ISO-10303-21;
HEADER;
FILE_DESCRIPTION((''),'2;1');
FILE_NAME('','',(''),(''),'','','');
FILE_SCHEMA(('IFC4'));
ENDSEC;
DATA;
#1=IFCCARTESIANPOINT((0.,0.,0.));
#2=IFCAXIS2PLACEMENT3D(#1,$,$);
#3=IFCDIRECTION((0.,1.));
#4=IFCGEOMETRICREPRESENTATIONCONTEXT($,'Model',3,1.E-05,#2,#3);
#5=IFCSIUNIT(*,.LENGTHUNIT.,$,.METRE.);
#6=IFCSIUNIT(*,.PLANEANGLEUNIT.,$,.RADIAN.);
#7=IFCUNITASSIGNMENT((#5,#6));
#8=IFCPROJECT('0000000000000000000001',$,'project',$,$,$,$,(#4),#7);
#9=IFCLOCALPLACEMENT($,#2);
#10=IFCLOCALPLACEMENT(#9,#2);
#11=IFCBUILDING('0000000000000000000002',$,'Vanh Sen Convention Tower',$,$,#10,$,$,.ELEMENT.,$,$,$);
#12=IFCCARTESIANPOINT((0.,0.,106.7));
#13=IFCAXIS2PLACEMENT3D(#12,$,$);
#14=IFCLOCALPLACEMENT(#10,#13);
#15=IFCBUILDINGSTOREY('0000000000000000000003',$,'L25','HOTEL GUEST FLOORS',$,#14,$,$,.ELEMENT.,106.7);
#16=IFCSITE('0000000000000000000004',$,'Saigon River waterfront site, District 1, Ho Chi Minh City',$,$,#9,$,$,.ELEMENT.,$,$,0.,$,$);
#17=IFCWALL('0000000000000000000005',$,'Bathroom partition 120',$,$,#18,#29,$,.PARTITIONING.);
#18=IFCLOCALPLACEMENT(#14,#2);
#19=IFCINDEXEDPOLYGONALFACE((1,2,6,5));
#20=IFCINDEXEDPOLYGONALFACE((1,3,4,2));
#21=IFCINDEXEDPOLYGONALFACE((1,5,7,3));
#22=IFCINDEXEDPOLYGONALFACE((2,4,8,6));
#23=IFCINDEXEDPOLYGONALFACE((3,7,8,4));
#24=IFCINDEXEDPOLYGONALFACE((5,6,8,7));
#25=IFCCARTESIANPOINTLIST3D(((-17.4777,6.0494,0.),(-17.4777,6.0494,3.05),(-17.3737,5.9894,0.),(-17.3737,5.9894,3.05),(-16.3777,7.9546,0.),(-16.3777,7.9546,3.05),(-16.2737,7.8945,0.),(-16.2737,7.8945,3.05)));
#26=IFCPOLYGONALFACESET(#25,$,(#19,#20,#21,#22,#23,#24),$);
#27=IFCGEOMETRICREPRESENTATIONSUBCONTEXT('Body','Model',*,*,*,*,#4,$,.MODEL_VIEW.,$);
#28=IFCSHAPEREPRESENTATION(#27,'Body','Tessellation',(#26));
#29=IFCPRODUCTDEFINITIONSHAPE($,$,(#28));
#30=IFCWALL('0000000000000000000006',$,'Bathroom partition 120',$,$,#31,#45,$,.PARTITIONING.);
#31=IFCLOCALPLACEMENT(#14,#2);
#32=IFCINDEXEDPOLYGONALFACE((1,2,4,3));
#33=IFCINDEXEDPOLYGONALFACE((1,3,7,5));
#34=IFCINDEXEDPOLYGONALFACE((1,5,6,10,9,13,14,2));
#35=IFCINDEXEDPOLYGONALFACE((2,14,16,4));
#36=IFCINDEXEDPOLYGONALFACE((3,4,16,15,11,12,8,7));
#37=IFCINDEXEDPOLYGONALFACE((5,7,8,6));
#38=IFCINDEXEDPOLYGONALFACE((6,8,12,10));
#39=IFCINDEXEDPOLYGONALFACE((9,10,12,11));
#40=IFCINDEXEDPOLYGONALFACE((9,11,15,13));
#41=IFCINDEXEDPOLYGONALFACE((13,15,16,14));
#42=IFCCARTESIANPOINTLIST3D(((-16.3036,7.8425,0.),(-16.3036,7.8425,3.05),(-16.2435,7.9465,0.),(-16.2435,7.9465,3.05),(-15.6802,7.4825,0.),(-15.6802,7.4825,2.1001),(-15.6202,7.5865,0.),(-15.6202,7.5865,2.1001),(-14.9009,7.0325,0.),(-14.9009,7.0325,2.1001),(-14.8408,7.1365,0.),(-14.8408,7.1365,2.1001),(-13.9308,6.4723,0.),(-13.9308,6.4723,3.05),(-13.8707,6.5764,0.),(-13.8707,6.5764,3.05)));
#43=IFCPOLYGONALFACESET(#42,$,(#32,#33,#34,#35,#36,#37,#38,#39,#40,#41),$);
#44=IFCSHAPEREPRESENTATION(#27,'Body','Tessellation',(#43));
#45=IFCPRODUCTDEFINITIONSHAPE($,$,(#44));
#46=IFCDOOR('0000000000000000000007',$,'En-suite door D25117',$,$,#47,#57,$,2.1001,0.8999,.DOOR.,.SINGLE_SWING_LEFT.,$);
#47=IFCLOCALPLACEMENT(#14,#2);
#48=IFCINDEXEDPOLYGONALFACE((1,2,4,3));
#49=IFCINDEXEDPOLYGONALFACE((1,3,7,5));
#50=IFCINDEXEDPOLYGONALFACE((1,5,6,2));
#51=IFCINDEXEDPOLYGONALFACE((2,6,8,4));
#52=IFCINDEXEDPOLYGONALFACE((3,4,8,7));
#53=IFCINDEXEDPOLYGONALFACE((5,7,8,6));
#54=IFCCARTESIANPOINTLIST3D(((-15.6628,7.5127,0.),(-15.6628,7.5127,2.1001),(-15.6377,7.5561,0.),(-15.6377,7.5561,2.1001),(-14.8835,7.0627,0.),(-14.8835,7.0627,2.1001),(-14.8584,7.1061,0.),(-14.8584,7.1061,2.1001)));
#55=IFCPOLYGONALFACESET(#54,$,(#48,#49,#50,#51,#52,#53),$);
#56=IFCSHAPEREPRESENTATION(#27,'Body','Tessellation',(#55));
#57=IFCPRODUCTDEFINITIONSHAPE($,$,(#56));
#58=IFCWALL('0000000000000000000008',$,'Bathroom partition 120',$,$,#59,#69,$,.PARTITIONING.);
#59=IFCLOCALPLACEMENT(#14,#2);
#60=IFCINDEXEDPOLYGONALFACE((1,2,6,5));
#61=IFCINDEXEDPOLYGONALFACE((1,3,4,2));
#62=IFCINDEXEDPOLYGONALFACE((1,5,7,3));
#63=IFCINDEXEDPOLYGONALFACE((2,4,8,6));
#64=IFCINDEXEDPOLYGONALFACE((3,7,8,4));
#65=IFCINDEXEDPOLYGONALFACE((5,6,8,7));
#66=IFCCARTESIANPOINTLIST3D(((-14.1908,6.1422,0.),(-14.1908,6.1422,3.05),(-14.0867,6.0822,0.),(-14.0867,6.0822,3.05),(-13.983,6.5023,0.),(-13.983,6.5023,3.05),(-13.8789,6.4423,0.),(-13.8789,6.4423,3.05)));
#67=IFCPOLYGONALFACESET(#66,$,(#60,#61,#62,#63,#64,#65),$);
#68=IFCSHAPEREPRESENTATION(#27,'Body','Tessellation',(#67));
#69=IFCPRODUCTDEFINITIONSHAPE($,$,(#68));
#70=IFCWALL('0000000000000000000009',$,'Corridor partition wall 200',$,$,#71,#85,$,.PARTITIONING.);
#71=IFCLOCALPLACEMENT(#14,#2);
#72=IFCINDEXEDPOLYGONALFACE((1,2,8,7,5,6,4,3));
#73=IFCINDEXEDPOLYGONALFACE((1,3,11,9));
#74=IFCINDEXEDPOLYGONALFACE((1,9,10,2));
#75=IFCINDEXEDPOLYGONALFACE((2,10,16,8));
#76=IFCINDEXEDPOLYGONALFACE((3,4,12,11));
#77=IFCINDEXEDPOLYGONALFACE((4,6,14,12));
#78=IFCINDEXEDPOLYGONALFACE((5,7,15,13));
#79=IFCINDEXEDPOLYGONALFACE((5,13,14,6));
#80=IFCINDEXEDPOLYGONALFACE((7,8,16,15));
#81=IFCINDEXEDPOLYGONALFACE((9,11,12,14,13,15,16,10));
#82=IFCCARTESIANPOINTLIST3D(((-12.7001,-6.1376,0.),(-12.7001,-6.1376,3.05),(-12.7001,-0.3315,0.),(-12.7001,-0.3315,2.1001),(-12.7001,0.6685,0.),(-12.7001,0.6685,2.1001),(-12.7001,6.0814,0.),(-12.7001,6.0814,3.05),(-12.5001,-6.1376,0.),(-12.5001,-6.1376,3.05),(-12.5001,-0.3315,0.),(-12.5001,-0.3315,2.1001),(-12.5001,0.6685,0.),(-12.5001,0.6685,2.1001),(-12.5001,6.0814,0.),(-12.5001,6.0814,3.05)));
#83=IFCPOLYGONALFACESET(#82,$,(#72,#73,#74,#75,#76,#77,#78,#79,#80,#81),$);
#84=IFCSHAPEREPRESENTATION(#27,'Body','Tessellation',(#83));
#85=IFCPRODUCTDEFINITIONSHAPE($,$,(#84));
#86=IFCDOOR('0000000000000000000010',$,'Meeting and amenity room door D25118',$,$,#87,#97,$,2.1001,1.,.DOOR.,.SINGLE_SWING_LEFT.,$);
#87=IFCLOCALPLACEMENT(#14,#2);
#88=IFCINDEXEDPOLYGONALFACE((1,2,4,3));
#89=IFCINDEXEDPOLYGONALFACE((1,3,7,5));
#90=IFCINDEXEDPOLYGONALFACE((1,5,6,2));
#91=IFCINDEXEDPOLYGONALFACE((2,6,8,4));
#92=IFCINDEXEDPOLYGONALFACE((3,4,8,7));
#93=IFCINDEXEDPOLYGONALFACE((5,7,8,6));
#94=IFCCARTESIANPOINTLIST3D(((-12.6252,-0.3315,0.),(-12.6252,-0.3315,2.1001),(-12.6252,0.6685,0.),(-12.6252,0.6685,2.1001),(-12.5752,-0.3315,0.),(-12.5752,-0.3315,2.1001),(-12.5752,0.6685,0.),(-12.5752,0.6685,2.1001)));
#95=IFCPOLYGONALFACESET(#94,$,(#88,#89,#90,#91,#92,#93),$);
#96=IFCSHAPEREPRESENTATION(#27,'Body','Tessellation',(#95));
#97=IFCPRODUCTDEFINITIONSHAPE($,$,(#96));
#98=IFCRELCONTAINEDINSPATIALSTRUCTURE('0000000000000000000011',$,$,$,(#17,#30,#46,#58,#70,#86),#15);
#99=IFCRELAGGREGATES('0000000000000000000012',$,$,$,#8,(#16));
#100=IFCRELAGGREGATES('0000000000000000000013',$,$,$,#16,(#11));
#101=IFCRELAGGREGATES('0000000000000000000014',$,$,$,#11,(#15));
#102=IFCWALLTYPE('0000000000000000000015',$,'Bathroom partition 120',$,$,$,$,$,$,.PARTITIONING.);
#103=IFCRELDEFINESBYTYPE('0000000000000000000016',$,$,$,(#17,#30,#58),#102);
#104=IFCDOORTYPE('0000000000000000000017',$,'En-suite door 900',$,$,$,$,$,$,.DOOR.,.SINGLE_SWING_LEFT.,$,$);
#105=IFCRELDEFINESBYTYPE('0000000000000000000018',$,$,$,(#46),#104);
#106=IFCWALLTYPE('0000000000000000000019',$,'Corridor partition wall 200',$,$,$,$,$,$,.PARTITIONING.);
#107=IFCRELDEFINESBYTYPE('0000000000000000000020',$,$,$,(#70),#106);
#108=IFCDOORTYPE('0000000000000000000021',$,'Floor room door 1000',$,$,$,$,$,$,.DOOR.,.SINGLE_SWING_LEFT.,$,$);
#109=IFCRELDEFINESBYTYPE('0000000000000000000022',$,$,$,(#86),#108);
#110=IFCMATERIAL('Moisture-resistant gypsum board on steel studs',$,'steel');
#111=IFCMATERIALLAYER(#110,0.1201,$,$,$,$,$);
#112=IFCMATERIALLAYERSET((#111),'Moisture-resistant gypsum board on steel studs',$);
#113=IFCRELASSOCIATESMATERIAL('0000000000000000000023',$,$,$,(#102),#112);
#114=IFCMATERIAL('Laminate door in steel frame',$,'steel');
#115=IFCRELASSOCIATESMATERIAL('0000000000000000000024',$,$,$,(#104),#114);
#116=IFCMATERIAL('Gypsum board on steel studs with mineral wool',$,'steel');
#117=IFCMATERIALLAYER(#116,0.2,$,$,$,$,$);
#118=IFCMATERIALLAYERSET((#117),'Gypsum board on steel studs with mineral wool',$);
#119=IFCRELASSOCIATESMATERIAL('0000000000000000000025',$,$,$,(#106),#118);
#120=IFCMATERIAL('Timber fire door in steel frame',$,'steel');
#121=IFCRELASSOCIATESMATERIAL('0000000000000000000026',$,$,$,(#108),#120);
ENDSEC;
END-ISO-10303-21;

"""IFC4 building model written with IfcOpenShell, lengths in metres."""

from ifc_helpers import new_model, si_unit, direction, frame, frame_2d, origin, place, context, subcontext, project, spatial, rectangle, extrude, material, layer, layer_set, type_object, element, fill, save


model = new_model("IFC4")

# Units and contexts
model_context = context("Model", 3, precision=1e-05, world=origin(), true_north=direction((0.0, 1.0)))
body_context = subcontext(model_context, "Body", "Model", "MODEL_VIEW")
ifc_project = project(units=[si_unit("LENGTHUNIT", "METRE"), si_unit("PLANEANGLEUNIT", "RADIAN")], contexts=[model_context])

# Site, building, storey
site_placement = place(None, origin())
site = spatial("IfcSite", under=ifc_project, at=site_placement, Name="Saigon River waterfront site, District 1, Ho Chi Minh City", CompositionType="ELEMENT", RefElevation=0.0)
building_placement = place(site_placement, origin())
building = spatial("IfcBuilding", under=site, at=building_placement, Name="Vanh Sen Convention Tower", CompositionType="ELEMENT")
storey_placement = place(building_placement, frame((0.0, 0.0, 106.7)))
storey = spatial("IfcBuildingStorey", under=building, at=storey_placement, Name="L25", Description="HOTEL GUEST FLOORS", CompositionType="ELEMENT", Elevation=106.7)

# Wall
ifc_material_1 = material(Name="Moisture-resistant gypsum board on steel studs", Category="steel")
ifc_layer_1 = layer(ifc_material_1, 0.1201)
ifc_layer_set_1 = layer_set([ifc_layer_1], Name="Moisture-resistant gypsum board on steel studs")
wall_type_1 = type_object("IfcWallType", Name="Bathroom partition 120", PredefinedType="PARTITIONING", material=ifc_layer_set_1)
wall_1_placement = place(storey_placement, frame((-17.4258, 6.0193, 0.0), z_axis=(0.0, 0.0, 1.0), x_axis=(0.50003, 0.866008, 0.0)))
element("IfcWall", 1, at=wall_1_placement, inside=storey, type_object=wall_type_1, Name="Bathroom partition 120", PredefinedType="PARTITIONING", context=body_context, shape_type="SweptSolid", body=[
    extrude(rectangle(XDim=2.2, YDim=0.1201, at=frame_2d((1.1001, 0.0))), origin(), (0.0, 0.0, 1.0), 3.05),
])

# Wall, opening, door
wall_2_placement = place(storey_placement, frame((-16.2737, 7.8945, 0.0), z_axis=(0.0, 0.0, 1.0), x_axis=(0.865997, -0.500049, 0.0)))
wall_2 = element("IfcWall", 2, at=wall_2_placement, inside=storey, type_object=wall_type_1, Name="Bathroom partition 120", PredefinedType="PARTITIONING", context=body_context, shape_type="SweptSolid", body=[
    extrude(rectangle(XDim=2.74, YDim=0.1201, at=frame_2d((1.3701, 0.0))), origin(), (0.0, 0.0, 1.0), 3.05),
])
opening_1_placement = place(wall_2_placement, frame((0.72, 0.0, 0.0)))
opening_1 = element("IfcOpeningElement", 3, at=opening_1_placement, cuts=wall_2, PredefinedType="OPENING", context=body_context, shape_type="SweptSolid", body=[
    extrude(rectangle(XDim=0.8999, YDim=2.1001, at=frame_2d((0.45, 1.05))), frame((0.0, 0.0701, 0.0), z_axis=(0.0, -1.0, 0.0), x_axis=(1.0, 0.0, 0.0)), (0.0, 0.0, 1.0), 0.1401),
])
ifc_material_2 = material(Name="Laminate door in steel frame", Category="steel")
door_type_1 = type_object("IfcDoorType", Name="En-suite door 900", OperationType="SINGLE_SWING_LEFT", PredefinedType="DOOR", material=ifc_material_2)
door_1_placement = place(opening_1_placement, origin())
door_1 = element("IfcDoor", 4, at=door_1_placement, inside=storey, type_object=door_type_1, Name="En-suite door D25117", OperationType="SINGLE_SWING_LEFT", OverallHeight=2.1001, OverallWidth=0.8999, PredefinedType="DOOR", context=body_context, shape_type="SweptSolid", body=[
    extrude(rectangle(XDim=0.8999, YDim=2.1001, at=frame_2d((0.45, 1.05))), frame((0.0, 0.0249, 0.0), z_axis=(0.0, -1.0, 0.0), x_axis=(1.0, 0.0, 0.0)), (0.0, 0.0, 1.0), 0.05),
])
fill(opening_1, door_1)

# Wall
wall_3_placement = place(storey_placement, frame((-13.9309, 6.4724, 0.0), z_axis=(0.0, 0.0, 1.0), x_axis=(-0.499739, -0.866176, 0.0)))
element("IfcWall", 5, at=wall_3_placement, inside=storey, type_object=wall_type_1, Name="Bathroom partition 120", PredefinedType="PARTITIONING", context=body_context, shape_type="SweptSolid", body=[
    extrude(rectangle(XDim=0.4158, YDim=0.1201, at=frame_2d((0.208, 0.0))), origin(), (0.0, 0.0, 1.0), 3.05),
])

# Wall, opening, door
ifc_material_3 = material(Name="Gypsum board on steel studs with mineral wool", Category="steel")
ifc_layer_2 = layer(ifc_material_3, 0.2)
ifc_layer_set_2 = layer_set([ifc_layer_2], Name="Gypsum board on steel studs with mineral wool")
wall_type_2 = type_object("IfcWallType", Name="Corridor partition wall 200", PredefinedType="PARTITIONING", material=ifc_layer_set_2)
wall_4_placement = place(storey_placement, frame((-12.6001, 6.0813, 0.0), z_axis=(0.0, 0.0, 1.0), x_axis=(0.0, -1.0, 0.0)))
wall_4 = element("IfcWall", 6, at=wall_4_placement, inside=storey, type_object=wall_type_2, Name="Corridor partition wall 200", PredefinedType="PARTITIONING", context=body_context, shape_type="SweptSolid", body=[
    extrude(rectangle(XDim=12.219, YDim=0.2, at=frame_2d((6.1094, 0.0))), origin(), (0.0, 0.0, 1.0), 3.05),
])
opening_2_placement = place(wall_4_placement, frame((5.4128, 0.0, 0.0)))
opening_2 = element("IfcOpeningElement", 7, at=opening_2_placement, cuts=wall_4, PredefinedType="OPENING", context=body_context, shape_type="SweptSolid", body=[
    extrude(rectangle(XDim=1.0, YDim=2.1001, at=frame_2d((0.5, 1.05))), frame((0.0, 0.1099, 0.0), z_axis=(0.0, -1.0, 0.0), x_axis=(1.0, 0.0, 0.0)), (0.0, 0.0, 1.0), 0.22),
])
ifc_material_4 = material(Name="Timber fire door in steel frame", Category="steel")
door_type_2 = type_object("IfcDoorType", Name="Floor room door 1000", OperationType="SINGLE_SWING_LEFT", PredefinedType="DOOR", material=ifc_material_4)
door_2_placement = place(opening_2_placement, origin())
door_2 = element("IfcDoor", 8, at=door_2_placement, inside=storey, type_object=door_type_2, Name="Meeting and amenity room door D25118", OperationType="SINGLE_SWING_LEFT", OverallHeight=2.1001, OverallWidth=1.0, PredefinedType="DOOR", context=body_context, shape_type="SweptSolid", body=[
    extrude(rectangle(XDim=1.0, YDim=2.1001, at=frame_2d((0.5, 1.05))), frame((0.0, 0.0249, 0.0), z_axis=(0.0, -1.0, 0.0), x_axis=(1.0, 0.0, 0.0)), (0.0, 0.0, 1.0), 0.05),
])
fill(opening_2, door_2)

save(model, "model.ifc")
